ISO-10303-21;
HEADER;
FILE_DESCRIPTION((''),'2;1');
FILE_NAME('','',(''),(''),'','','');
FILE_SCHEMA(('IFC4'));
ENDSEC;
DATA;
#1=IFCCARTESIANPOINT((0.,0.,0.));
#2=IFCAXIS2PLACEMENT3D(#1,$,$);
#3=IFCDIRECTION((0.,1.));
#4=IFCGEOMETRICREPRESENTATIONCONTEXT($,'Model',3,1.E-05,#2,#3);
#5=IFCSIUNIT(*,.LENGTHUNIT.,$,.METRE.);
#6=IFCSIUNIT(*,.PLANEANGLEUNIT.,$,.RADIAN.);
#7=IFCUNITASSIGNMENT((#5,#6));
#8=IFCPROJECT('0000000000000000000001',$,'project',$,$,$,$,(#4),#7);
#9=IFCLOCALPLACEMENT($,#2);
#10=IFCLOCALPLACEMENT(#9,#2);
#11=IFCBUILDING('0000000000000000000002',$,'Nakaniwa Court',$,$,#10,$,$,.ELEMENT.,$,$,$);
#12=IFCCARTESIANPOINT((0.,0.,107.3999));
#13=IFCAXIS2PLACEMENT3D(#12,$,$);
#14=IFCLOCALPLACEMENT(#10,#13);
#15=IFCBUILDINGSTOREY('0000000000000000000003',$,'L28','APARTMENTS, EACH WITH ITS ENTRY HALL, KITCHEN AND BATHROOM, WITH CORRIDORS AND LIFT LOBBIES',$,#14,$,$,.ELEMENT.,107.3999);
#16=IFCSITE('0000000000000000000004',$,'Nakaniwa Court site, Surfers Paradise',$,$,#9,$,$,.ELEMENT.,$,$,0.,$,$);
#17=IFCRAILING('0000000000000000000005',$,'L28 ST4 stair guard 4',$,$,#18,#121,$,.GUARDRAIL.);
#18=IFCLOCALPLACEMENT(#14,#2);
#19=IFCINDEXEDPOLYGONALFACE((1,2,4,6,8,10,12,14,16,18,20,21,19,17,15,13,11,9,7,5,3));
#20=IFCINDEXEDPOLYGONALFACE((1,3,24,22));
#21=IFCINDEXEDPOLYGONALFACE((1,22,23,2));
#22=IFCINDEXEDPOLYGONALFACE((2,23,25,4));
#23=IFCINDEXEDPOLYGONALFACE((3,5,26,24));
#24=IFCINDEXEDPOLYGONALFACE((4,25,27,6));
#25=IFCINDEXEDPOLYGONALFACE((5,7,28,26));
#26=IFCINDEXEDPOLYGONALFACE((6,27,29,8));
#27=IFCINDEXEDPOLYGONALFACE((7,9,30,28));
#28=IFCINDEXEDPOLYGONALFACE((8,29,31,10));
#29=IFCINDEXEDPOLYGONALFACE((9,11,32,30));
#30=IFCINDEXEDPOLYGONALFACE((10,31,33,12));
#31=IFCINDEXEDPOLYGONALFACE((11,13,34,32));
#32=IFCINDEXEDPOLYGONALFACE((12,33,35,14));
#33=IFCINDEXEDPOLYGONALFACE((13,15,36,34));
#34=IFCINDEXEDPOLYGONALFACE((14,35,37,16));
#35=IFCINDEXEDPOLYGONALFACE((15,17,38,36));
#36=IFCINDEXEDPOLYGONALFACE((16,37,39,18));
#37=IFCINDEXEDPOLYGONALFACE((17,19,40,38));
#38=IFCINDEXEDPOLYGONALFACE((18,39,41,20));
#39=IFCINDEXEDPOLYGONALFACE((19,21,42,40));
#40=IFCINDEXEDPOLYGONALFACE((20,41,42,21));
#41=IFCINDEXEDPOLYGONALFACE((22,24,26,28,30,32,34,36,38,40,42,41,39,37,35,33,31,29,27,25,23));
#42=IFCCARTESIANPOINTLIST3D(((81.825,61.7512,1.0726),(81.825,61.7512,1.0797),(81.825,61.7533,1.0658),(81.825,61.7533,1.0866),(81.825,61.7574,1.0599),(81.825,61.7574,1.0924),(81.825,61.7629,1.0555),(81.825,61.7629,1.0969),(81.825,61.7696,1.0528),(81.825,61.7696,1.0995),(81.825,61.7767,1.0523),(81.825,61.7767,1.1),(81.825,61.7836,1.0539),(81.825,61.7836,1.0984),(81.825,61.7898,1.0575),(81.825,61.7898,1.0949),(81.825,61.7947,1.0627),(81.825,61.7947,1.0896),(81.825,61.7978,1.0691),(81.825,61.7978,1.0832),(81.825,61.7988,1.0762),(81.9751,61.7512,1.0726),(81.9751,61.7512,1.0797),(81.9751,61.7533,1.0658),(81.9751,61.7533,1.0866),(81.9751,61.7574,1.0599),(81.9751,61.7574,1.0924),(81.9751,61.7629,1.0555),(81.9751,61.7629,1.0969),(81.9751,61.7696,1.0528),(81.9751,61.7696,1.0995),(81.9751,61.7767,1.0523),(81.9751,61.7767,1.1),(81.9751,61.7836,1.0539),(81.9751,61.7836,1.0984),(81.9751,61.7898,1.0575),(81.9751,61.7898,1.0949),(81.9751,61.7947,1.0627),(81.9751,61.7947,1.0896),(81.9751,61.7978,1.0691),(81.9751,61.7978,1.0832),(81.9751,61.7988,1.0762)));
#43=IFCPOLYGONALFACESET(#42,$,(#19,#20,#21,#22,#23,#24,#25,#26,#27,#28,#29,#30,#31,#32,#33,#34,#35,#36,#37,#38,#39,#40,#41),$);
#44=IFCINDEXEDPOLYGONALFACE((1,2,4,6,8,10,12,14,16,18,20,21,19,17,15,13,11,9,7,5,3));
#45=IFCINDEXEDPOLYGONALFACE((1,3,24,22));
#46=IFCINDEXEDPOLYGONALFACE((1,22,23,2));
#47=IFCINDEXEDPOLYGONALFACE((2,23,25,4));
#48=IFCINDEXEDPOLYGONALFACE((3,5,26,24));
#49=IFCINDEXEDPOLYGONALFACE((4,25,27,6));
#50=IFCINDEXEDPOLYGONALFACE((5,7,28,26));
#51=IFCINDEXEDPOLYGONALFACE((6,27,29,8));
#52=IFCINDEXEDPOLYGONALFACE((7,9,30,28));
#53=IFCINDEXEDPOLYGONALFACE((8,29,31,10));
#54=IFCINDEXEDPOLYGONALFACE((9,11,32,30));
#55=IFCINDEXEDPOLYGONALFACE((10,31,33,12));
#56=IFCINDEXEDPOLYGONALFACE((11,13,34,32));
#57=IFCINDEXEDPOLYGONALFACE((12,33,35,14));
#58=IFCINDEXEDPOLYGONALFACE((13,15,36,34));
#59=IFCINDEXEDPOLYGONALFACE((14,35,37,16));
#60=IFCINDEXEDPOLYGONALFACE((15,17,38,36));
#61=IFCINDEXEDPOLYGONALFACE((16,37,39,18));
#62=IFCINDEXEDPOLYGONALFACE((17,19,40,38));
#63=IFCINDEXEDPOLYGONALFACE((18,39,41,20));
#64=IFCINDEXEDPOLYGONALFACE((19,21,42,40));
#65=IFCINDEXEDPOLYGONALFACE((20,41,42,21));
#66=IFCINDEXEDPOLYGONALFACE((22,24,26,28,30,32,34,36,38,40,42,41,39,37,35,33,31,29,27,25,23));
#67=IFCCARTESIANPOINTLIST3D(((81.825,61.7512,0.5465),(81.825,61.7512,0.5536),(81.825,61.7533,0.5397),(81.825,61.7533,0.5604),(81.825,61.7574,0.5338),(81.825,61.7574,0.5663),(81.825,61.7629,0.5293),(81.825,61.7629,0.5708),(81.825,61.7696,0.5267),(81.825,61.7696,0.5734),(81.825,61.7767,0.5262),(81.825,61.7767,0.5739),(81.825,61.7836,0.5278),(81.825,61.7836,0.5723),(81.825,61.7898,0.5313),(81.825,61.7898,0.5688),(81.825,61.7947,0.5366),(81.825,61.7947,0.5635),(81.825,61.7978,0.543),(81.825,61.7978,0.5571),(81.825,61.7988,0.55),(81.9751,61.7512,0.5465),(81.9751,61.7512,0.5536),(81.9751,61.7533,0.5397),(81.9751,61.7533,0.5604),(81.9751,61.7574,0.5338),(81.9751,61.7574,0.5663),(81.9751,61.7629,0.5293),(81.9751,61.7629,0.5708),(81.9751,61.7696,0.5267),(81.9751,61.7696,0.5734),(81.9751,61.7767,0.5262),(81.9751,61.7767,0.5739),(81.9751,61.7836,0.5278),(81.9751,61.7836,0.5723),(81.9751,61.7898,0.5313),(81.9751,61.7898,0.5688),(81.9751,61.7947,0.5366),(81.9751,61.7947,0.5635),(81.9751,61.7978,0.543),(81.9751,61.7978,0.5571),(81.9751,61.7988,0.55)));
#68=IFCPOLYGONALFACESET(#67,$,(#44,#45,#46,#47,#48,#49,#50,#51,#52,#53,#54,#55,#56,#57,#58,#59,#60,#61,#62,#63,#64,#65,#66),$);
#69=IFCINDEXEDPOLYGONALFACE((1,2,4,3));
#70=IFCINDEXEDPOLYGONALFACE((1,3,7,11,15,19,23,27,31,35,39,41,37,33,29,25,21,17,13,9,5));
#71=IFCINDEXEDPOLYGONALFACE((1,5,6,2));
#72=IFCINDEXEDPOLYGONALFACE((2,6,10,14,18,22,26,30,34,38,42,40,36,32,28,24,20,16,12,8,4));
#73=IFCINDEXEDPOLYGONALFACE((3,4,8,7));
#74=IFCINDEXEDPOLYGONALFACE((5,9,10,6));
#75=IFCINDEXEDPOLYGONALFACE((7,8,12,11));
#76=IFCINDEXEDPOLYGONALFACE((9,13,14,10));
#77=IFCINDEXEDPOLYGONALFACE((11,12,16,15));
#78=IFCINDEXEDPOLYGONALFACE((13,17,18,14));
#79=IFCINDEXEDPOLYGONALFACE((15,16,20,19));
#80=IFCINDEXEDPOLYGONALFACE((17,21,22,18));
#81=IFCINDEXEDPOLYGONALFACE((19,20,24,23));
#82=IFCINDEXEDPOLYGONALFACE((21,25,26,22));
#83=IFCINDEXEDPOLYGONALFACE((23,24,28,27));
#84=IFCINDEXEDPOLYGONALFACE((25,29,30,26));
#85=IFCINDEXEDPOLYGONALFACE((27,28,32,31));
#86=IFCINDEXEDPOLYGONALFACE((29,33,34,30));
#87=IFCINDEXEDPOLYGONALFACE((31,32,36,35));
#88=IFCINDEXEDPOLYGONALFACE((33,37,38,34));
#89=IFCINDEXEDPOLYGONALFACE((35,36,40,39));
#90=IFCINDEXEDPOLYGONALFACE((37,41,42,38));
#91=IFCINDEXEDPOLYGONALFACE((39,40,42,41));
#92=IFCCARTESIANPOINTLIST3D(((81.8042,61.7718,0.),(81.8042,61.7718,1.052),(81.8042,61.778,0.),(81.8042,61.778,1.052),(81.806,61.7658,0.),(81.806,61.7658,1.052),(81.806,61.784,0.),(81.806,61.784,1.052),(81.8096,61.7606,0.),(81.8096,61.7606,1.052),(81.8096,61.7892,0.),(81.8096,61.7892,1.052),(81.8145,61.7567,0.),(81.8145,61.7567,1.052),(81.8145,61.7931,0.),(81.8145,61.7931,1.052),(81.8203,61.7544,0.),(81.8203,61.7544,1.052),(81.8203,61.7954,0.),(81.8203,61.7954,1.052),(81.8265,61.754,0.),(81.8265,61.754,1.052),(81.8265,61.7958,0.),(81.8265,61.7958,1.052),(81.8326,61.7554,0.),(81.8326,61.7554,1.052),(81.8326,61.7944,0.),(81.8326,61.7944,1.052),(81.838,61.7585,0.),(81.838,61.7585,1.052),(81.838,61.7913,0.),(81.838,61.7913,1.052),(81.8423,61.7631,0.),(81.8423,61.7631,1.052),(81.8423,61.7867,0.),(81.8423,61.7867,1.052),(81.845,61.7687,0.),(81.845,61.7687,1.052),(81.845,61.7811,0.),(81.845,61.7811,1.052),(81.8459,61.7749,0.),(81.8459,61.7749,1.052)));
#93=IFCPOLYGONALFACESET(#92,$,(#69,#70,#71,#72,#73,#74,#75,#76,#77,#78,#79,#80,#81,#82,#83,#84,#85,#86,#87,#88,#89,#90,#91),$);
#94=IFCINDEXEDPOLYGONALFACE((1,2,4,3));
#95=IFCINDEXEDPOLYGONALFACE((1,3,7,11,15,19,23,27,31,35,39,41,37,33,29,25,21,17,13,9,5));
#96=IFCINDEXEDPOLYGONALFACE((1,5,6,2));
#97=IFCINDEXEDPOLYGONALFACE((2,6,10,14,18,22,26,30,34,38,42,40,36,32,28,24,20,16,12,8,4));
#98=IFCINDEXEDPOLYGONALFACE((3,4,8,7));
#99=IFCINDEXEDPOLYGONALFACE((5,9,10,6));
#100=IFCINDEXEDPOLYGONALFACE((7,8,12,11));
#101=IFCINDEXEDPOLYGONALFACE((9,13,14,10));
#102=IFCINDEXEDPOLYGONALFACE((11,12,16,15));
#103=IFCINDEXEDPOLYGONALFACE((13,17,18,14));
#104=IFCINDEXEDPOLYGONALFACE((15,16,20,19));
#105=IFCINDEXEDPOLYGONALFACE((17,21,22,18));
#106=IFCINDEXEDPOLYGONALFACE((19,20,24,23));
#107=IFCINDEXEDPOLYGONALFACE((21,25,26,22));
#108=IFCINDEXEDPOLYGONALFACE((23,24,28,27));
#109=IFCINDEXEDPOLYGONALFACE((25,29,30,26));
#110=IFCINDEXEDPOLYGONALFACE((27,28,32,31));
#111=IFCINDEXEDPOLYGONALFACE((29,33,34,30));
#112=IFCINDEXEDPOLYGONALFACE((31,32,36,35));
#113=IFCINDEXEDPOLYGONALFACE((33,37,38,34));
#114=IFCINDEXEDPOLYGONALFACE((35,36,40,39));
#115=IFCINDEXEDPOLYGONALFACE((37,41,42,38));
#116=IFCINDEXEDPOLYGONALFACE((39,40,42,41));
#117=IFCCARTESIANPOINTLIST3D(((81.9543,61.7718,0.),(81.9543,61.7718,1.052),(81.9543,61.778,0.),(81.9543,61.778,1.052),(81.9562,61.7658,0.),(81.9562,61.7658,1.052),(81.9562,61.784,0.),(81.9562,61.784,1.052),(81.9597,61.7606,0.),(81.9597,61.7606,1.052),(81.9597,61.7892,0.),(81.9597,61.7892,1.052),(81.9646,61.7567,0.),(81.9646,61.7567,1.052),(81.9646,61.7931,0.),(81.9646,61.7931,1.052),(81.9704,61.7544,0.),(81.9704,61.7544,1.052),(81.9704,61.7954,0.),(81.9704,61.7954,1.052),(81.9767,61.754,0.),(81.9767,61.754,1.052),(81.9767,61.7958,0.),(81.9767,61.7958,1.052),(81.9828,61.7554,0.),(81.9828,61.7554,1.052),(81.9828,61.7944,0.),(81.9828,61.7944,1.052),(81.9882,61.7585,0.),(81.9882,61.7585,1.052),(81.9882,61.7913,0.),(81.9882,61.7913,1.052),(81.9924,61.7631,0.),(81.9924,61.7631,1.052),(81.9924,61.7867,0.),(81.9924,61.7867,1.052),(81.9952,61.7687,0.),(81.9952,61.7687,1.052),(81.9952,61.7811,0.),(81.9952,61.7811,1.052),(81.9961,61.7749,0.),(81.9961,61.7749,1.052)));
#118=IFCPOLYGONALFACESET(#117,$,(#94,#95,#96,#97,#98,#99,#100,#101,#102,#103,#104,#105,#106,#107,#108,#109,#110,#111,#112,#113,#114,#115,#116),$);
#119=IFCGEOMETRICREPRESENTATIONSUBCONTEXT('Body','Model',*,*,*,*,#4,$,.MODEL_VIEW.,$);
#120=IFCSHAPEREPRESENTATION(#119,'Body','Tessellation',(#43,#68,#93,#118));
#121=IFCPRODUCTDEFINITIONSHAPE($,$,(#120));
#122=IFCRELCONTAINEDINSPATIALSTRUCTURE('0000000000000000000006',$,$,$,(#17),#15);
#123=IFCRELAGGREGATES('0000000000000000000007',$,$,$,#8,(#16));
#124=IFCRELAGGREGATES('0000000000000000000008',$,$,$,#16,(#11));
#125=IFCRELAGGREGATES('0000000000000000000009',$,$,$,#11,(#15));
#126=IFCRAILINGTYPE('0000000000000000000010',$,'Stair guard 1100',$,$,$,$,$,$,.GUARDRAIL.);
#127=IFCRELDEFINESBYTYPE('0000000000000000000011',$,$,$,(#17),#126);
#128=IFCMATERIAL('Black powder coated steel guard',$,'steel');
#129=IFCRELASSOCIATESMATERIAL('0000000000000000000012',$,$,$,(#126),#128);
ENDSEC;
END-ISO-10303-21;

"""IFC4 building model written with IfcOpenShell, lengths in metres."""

from ifc_helpers import new_model, si_unit, direction, frame, origin, origin_2d, place, context, subcontext, project, spatial, circle, extrude, material, type_object, element, save


model = new_model("IFC4")

# Units and contexts
model_context = context("Model", 3, precision=1e-05, world=origin(), true_north=direction((0.0, 1.0)))
body_context = subcontext(model_context, "Body", "Model", "MODEL_VIEW")
ifc_project = project(units=[si_unit("LENGTHUNIT", "METRE"), si_unit("PLANEANGLEUNIT", "RADIAN")], contexts=[model_context])

# Site, building, storey
site_placement = place(None, origin())
site = spatial("IfcSite", under=ifc_project, at=site_placement, Name="Nakaniwa Court site, Surfers Paradise", CompositionType="ELEMENT", RefElevation=0.0)
building_placement = place(site_placement, origin())
building = spatial("IfcBuilding", under=site, at=building_placement, Name="Nakaniwa Court", CompositionType="ELEMENT")
storey_placement = place(building_placement, frame((0.0, 0.0, 107.3999)))
storey = spatial("IfcBuildingStorey", under=building, at=storey_placement, Name="L28", Description="APARTMENTS, EACH WITH ITS ENTRY HALL, KITCHEN AND BATHROOM, WITH CORRIDORS AND LIFT LOBBIES", CompositionType="ELEMENT", Elevation=107.3999)

# Railing
ifc_material_1 = material(Name="Black powder coated steel guard", Category="steel")
railing_type_1 = type_object("IfcRailingType", Name="Stair guard 1100", PredefinedType="GUARDRAIL", material=ifc_material_1)
railing_1_placement = place(storey_placement, frame((81.825, 61.7749, 0.0)))
element("IfcRailing", 1, at=railing_1_placement, inside=storey, type_object=railing_type_1, Name="L28 ST4 stair guard 4", PredefinedType="GUARDRAIL", context=body_context, shape_type="SweptSolid", body=[
    extrude(circle(Radius=0.0239, at=origin_2d()), frame((0.0, 0.0, 1.0762), z_axis=(1.0, 0.0, 0.0), x_axis=(0.0, 1.0, 0.0)), (0.0, 0.0, 1.0), 0.1501),
    extrude(circle(Radius=0.0239, at=origin_2d()), frame((0.0, 0.0, 0.55), z_axis=(1.0, 0.0, 0.0), x_axis=(0.0, 1.0, 0.0)), (0.0, 0.0, 1.0), 0.1501),
    extrude(circle(Radius=0.021, at=origin_2d()), origin(), (0.0, 0.0, 1.0), 1.052),
    extrude(circle(Radius=0.021, at=origin_2d()), frame((0.1501, 0.0, 0.0)), (0.0, 0.0, 1.0), 1.052),
])

save(model, "model.ifc")
